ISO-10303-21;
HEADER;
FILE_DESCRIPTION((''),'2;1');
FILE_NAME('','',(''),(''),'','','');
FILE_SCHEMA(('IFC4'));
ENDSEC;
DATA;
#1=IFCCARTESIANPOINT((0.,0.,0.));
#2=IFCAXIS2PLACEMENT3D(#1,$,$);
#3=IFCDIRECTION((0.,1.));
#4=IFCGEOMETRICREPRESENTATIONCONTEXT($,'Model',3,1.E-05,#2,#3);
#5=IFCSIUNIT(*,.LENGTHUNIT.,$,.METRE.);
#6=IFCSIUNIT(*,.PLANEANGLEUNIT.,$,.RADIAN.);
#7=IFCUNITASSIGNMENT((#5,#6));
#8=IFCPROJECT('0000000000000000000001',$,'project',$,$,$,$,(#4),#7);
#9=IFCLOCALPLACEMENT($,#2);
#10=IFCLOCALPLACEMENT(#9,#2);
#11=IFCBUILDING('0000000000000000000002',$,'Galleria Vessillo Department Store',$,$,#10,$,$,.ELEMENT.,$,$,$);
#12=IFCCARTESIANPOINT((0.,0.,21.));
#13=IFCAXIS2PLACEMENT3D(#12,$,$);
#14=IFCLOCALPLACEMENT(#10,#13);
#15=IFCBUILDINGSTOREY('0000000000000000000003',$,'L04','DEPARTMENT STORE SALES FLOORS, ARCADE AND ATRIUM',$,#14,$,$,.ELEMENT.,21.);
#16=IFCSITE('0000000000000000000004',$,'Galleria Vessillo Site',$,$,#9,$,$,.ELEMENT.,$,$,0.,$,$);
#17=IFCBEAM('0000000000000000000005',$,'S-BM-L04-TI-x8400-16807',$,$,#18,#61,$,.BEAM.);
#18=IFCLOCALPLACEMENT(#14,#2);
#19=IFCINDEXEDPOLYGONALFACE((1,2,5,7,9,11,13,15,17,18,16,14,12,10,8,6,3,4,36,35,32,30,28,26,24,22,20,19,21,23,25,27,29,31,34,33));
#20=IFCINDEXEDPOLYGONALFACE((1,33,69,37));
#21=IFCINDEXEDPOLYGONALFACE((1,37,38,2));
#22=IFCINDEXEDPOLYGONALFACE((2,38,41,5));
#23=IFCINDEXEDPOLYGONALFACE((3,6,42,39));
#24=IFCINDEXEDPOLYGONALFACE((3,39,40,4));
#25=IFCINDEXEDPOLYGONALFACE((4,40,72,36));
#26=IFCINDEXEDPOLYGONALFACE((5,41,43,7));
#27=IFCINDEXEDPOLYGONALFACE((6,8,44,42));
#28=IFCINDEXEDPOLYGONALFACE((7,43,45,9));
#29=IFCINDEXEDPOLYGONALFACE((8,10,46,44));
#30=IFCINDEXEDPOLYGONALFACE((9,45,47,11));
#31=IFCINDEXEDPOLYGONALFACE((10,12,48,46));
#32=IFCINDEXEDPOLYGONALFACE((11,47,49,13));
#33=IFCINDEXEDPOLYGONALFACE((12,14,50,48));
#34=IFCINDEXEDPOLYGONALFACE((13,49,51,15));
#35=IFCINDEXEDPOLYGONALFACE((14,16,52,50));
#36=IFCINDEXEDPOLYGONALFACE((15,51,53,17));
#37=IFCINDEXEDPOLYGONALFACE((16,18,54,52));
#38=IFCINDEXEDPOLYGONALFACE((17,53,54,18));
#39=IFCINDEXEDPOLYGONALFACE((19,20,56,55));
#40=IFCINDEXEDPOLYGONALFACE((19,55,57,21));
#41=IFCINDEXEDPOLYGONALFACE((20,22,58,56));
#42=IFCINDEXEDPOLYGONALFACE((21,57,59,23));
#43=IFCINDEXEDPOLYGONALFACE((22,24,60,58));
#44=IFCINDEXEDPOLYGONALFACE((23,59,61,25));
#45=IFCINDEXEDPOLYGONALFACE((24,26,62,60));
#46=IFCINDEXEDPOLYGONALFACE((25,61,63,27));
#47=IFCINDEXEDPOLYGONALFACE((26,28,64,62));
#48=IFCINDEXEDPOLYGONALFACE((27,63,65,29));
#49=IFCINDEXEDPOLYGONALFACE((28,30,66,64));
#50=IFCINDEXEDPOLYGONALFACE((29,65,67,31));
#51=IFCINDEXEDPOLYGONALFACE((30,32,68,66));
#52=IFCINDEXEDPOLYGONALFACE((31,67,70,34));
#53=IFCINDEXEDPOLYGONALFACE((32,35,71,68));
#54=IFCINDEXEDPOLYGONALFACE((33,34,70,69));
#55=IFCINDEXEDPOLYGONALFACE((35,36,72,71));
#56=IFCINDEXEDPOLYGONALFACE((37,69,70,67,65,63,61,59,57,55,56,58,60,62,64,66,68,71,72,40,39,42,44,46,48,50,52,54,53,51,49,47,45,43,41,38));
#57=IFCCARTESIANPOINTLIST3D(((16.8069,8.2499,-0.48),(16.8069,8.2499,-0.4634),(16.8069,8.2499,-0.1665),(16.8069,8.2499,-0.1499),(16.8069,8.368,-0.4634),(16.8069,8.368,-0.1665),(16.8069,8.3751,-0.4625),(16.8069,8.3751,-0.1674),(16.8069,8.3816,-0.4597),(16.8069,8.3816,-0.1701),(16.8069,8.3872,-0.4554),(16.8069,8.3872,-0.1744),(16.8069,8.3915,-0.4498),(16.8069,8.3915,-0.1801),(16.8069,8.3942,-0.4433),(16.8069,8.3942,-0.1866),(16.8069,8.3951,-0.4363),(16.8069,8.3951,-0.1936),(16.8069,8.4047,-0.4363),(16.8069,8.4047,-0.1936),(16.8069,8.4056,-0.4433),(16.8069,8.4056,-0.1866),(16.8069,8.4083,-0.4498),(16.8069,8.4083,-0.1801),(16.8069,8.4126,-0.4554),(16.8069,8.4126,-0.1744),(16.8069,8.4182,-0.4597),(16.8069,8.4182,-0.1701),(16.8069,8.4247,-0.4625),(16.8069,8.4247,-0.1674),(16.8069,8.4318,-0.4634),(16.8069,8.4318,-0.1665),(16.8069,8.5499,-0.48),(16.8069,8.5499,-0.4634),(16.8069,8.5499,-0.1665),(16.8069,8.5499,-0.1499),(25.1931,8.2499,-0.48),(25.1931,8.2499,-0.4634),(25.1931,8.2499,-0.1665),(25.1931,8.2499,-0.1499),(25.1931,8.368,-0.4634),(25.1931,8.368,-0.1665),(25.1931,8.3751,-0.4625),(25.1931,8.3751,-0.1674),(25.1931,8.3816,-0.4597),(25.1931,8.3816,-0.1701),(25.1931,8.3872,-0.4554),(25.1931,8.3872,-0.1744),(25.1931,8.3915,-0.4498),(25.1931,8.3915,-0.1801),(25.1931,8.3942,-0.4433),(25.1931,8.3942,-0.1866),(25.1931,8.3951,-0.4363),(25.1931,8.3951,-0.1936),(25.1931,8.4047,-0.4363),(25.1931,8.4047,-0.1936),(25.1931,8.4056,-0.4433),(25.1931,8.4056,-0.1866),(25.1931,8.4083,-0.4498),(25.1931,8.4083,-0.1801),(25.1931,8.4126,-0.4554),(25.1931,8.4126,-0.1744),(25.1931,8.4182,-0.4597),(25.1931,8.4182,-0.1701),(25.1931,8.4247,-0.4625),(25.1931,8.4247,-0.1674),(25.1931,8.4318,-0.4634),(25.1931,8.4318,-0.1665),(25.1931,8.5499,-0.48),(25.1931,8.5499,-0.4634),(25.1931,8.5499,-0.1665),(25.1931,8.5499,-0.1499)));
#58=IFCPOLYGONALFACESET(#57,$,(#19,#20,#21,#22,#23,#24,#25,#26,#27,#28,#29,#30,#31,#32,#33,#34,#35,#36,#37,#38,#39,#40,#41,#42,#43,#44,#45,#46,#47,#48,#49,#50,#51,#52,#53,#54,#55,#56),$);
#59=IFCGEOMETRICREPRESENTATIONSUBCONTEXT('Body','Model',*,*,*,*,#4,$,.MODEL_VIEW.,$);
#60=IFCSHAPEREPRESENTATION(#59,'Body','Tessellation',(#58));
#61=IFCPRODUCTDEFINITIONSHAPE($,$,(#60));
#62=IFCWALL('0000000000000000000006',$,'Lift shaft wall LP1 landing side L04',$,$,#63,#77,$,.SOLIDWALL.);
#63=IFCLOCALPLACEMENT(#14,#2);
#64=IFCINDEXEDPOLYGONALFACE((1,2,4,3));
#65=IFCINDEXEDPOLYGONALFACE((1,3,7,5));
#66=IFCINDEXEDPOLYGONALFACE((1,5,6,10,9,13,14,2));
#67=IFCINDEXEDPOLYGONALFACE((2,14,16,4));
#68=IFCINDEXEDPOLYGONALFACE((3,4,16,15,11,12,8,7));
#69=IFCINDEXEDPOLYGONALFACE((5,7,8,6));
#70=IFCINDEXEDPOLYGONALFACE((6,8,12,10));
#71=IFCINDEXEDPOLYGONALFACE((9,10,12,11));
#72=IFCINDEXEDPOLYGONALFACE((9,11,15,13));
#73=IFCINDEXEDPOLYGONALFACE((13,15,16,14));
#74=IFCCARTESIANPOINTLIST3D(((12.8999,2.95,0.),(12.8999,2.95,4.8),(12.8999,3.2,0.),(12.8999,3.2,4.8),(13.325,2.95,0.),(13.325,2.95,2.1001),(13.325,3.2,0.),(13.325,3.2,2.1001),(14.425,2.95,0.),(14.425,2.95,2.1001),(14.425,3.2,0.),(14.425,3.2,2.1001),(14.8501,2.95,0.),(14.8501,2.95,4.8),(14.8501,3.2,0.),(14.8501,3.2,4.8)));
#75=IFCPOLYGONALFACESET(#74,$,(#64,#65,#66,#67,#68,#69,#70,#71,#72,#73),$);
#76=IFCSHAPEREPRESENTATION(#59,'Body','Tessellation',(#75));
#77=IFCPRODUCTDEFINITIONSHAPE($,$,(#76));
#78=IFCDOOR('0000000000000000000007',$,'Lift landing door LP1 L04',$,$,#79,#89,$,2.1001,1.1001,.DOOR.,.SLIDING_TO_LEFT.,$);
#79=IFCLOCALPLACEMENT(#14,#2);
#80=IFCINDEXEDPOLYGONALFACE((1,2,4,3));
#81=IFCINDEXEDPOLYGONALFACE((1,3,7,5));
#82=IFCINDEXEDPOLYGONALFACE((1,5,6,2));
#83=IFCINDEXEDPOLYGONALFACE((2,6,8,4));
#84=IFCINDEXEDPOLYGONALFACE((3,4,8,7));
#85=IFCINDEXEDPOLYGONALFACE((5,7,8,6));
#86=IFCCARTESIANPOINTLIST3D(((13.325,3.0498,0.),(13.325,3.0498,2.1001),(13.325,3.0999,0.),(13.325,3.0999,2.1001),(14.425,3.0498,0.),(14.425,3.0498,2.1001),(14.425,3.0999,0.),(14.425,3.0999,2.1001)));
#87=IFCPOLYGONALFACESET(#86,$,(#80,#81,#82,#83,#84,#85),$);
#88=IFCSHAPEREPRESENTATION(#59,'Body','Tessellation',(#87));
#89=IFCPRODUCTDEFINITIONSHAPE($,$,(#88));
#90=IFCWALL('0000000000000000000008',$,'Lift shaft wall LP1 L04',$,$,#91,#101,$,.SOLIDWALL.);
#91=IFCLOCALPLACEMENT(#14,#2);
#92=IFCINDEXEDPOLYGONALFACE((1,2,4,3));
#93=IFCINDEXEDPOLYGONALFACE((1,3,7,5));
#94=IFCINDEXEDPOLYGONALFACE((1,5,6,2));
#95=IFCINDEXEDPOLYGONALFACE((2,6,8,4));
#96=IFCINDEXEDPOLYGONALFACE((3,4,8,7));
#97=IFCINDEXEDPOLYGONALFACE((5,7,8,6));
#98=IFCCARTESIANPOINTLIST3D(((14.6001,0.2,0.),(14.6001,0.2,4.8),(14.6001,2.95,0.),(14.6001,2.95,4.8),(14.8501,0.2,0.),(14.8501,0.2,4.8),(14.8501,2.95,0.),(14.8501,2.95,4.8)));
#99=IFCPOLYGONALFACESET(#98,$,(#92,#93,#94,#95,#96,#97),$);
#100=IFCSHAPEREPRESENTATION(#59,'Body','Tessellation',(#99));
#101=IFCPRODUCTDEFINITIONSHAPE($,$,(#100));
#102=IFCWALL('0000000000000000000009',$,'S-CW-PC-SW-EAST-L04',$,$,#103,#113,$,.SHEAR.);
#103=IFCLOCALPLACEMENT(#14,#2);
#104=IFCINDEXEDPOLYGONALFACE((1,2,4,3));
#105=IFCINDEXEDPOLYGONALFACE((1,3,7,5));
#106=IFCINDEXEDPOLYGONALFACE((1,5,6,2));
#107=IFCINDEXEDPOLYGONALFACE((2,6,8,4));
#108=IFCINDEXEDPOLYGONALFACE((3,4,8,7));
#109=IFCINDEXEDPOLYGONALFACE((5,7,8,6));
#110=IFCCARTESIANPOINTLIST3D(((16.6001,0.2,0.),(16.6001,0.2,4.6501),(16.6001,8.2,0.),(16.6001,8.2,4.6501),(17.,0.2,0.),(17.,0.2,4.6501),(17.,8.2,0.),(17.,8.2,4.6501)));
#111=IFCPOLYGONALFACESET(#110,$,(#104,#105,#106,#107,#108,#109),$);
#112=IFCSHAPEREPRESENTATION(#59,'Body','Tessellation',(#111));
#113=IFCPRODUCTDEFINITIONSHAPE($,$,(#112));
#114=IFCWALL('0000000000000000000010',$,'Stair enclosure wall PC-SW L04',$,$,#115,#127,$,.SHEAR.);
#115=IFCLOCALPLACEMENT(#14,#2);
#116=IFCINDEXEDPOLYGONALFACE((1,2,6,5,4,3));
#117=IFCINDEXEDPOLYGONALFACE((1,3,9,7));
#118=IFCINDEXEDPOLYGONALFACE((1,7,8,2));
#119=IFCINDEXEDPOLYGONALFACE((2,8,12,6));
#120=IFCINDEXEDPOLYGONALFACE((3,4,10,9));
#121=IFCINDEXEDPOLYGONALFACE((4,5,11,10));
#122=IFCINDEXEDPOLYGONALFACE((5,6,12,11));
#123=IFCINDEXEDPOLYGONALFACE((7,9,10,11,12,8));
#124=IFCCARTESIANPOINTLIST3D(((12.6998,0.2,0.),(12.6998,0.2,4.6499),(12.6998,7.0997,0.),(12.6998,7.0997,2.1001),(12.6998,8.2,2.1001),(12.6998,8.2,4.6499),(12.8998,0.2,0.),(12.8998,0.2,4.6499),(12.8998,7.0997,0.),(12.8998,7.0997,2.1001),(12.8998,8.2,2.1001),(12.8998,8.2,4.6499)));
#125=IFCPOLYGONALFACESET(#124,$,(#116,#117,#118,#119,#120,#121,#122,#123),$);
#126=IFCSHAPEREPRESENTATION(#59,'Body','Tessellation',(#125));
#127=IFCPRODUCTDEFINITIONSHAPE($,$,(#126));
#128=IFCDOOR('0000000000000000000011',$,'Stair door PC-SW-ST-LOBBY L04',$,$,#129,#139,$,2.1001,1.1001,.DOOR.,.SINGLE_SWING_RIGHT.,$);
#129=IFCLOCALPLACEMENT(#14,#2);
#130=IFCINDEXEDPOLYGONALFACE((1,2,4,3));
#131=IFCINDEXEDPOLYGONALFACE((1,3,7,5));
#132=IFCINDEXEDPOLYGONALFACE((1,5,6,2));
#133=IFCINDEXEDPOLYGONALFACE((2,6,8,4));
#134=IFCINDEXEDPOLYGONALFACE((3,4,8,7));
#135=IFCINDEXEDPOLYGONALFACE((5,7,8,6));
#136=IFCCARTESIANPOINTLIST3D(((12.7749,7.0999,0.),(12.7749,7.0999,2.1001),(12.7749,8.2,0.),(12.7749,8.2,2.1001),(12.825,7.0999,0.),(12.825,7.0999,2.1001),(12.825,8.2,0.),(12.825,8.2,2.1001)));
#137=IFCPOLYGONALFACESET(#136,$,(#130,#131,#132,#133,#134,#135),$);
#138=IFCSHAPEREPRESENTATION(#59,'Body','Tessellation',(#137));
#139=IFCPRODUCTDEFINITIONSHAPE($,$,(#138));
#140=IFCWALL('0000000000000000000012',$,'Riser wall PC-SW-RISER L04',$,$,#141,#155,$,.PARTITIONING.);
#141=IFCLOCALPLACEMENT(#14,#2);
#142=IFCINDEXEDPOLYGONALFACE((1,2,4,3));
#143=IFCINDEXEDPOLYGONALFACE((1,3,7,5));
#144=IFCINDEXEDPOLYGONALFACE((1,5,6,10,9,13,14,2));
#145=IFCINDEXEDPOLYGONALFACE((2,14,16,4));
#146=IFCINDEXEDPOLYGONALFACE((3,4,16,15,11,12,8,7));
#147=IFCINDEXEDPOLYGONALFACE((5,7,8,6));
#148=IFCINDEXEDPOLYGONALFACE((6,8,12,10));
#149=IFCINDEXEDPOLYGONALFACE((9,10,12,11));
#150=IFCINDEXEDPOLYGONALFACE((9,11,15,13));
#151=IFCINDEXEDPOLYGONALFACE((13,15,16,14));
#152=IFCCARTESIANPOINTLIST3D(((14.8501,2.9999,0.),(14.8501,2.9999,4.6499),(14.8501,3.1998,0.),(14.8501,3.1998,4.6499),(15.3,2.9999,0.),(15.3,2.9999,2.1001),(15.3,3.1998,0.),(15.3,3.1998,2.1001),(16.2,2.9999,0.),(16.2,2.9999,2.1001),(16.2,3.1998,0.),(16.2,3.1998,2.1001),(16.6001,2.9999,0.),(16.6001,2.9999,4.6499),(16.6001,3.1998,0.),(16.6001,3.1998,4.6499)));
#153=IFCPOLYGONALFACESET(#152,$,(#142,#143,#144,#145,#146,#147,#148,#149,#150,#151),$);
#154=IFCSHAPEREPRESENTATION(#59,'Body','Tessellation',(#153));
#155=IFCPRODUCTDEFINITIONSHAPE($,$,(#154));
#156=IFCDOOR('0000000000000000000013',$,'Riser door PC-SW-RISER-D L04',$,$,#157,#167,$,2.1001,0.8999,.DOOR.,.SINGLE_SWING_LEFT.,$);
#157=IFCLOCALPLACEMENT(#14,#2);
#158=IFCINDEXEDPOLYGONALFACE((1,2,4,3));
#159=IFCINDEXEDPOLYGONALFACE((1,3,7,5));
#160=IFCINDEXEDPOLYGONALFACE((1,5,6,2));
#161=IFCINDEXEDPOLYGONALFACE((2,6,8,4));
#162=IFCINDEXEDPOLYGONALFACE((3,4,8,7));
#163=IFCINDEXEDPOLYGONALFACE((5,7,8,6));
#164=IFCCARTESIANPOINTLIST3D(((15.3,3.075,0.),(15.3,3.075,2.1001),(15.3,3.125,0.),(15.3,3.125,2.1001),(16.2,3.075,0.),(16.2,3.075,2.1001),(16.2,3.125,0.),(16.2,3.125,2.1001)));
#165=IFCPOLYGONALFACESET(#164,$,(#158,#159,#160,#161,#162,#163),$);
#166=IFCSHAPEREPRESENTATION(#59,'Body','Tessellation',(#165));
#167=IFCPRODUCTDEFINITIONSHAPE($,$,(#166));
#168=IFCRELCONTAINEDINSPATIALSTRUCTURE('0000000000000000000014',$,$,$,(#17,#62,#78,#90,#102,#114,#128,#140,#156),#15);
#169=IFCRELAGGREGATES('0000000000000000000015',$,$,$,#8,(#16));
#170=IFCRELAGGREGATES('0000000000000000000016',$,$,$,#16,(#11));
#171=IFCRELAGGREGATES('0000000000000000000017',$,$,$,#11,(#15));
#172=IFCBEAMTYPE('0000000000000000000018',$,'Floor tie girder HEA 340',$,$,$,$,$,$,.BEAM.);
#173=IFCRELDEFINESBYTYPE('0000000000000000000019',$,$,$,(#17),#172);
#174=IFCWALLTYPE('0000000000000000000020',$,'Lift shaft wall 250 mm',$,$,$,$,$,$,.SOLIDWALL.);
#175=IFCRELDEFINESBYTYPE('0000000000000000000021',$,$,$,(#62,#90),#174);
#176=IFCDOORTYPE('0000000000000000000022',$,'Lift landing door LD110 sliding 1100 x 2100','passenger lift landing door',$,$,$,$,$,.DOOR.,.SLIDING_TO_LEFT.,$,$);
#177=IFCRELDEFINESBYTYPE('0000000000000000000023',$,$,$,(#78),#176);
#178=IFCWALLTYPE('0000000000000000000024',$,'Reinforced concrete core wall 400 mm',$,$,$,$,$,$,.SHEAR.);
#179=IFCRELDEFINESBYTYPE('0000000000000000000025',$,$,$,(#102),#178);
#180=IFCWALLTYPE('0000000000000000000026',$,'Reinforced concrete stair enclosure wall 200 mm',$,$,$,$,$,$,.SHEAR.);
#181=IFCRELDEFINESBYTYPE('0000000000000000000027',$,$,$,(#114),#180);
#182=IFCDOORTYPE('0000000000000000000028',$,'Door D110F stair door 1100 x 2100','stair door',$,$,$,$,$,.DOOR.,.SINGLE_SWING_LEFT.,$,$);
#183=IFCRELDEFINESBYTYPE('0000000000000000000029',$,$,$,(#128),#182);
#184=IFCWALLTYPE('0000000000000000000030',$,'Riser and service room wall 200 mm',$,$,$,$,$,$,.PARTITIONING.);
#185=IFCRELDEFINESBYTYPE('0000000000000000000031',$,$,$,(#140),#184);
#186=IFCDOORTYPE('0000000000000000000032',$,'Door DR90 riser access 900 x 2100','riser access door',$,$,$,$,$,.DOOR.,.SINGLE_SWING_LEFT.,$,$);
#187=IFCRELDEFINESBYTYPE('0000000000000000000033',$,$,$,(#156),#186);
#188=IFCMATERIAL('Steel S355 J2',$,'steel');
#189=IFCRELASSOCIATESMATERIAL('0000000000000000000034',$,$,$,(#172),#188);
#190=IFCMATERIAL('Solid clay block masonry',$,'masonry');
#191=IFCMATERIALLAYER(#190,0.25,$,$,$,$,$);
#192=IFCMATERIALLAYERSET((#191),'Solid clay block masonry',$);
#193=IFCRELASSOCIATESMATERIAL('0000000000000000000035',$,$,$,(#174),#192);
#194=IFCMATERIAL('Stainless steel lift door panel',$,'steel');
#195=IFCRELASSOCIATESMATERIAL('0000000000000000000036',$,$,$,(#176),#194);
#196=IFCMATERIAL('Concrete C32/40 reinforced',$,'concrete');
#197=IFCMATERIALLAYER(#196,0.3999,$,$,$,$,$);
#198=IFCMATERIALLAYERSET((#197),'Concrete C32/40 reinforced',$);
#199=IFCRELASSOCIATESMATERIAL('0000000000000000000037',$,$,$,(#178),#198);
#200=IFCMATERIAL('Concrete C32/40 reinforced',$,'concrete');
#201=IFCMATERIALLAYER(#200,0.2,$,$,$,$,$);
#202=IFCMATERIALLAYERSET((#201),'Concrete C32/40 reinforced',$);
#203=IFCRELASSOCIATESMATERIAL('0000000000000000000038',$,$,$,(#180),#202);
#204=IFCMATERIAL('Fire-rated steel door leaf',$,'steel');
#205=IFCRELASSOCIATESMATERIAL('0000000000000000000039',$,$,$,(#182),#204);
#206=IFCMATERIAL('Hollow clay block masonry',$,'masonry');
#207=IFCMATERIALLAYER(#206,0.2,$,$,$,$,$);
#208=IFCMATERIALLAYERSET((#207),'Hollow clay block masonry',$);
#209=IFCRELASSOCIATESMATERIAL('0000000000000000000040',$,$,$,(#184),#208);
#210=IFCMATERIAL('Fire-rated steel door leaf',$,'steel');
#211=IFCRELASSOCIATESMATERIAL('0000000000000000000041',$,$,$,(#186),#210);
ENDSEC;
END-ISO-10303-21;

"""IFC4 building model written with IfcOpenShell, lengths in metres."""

from ifc_helpers import new_model, si_unit, direction, frame, frame_2d, origin, origin_2d, place, context, subcontext, project, spatial, rectangle, i_section, extrude, material, layer, layer_set, material_profile, profile_set, type_object, element, fill, save


model = new_model("IFC4")

# Units and contexts
model_context = context("Model", 3, precision=1e-05, world=origin(), true_north=direction((0.0, 1.0)))
body_context = subcontext(model_context, "Body", "Model", "MODEL_VIEW")
ifc_project = project(units=[si_unit("LENGTHUNIT", "METRE"), si_unit("PLANEANGLEUNIT", "RADIAN")], contexts=[model_context])

# Site, building, storey
site_placement = place(None, origin())
site = spatial("IfcSite", under=ifc_project, at=site_placement, Name="Galleria Vessillo Site", CompositionType="ELEMENT", RefElevation=0.0)
building_placement = place(site_placement, origin())
building = spatial("IfcBuilding", under=site, at=building_placement, Name="Galleria Vessillo Department Store", CompositionType="ELEMENT")
storey_placement = place(building_placement, frame((0.0, 0.0, 21.0)))
storey = spatial("IfcBuildingStorey", under=building, at=storey_placement, Name="L04", Description="DEPARTMENT STORE SALES FLOORS, ARCADE AND ATRIUM", CompositionType="ELEMENT", Elevation=21.0)

# Beam
ifc_material_1 = material(Name="Steel S355 J2", Category="steel")
ifc_material_profile_1 = material_profile(ifc_material_1, i_section(OverallWidth=0.3, OverallDepth=0.3301, WebThickness=0.0095, FlangeThickness=0.0166, FilletRadius=0.0271, at=origin_2d()), Name="HEA 340")
ifc_profile_set_1 = profile_set([ifc_material_profile_1], Name="Steel S355 J2")
beam_type_1 = type_object("IfcBeamType", Name="Floor tie girder HEA 340", PredefinedType="BEAM", material=ifc_profile_set_1)
beam_1_placement = place(storey_placement, frame((16.8069, 8.3999, -0.3149), z_axis=(1.0, 0.0, 0.0), x_axis=(0.0, 1.0, 0.0)))
element("IfcBeam", 1, at=beam_1_placement, inside=storey, type_object=beam_type_1, Name="S-BM-L04-TI-x8400-16807", PredefinedType="BEAM", context=body_context, shape_type="SweptSolid", body=[
    extrude(i_section(OverallWidth=0.3, OverallDepth=0.3301, WebThickness=0.0095, FlangeThickness=0.0166, FilletRadius=0.0271, at=origin_2d()), origin(), (0.0, 0.0, 1.0), 8.3862),
])

# Wall, opening, door
ifc_material_2 = material(Name="Solid clay block masonry", Category="masonry")
ifc_layer_1 = layer(ifc_material_2, 0.25)
ifc_layer_set_1 = layer_set([ifc_layer_1], Name="Solid clay block masonry")
wall_type_1 = type_object("IfcWallType", Name="Lift shaft wall 250 mm", PredefinedType="SOLIDWALL", material=ifc_layer_set_1)
wall_1_placement = place(storey_placement, frame((12.8999, 3.075, 0.0), z_axis=(0.0, 0.0, 1.0), x_axis=(1.0, 0.0, 0.0)))
wall_1 = element("IfcWall", 2, at=wall_1_placement, inside=storey, type_object=wall_type_1, Name="Lift shaft wall LP1 landing side L04", PredefinedType="SOLIDWALL", context=body_context, shape_type="SweptSolid", body=[
    extrude(rectangle(XDim=1.9502, YDim=0.25, at=frame_2d((0.9751, 0.0))), origin(), (0.0, 0.0, 1.0), 4.8),
])
opening_1_placement = place(wall_1_placement, frame((0.425, 0.0, 0.0)))
opening_1 = element("IfcOpeningElement", 3, at=opening_1_placement, cuts=wall_1, PredefinedType="OPENING", context=body_context, shape_type="SweptSolid", body=[
    extrude(rectangle(XDim=1.1001, YDim=2.1001, at=frame_2d((0.55, 1.05))), frame((0.0, 0.135, 0.0), z_axis=(0.0, -1.0, 0.0), x_axis=(1.0, 0.0, 0.0)), (0.0, 0.0, 1.0), 0.27),
])
ifc_material_3 = material(Name="Stainless steel lift door panel", Category="steel")
door_type_1 = type_object("IfcDoorType", Name="Lift landing door LD110 sliding 1100 x 2100", Description="passenger lift landing door", OperationType="SLIDING_TO_LEFT", PredefinedType="DOOR", material=ifc_material_3)
door_1_placement = place(opening_1_placement, origin())
door_1 = element("IfcDoor", 4, at=door_1_placement, inside=storey, type_object=door_type_1, Name="Lift landing door LP1 L04", OperationType="SLIDING_TO_LEFT", OverallHeight=2.1001, OverallWidth=1.1001, PredefinedType="DOOR", context=body_context, shape_type="SweptSolid", body=[
    extrude(rectangle(XDim=1.1001, YDim=2.1001, at=frame_2d((0.55, 1.05))), frame((0.0, 0.0249, 0.0), z_axis=(0.0, -1.0, 0.0), x_axis=(1.0, 0.0, 0.0)), (0.0, 0.0, 1.0), 0.05),
])
fill(opening_1, door_1)

# Walls
wall_2_placement = place(storey_placement, frame((14.7251, 0.2, 0.0), z_axis=(0.0, 0.0, 1.0), x_axis=(0.0, 1.0, 0.0)))
element("IfcWall", 5, at=wall_2_placement, inside=storey, type_object=wall_type_1, Name="Lift shaft wall LP1 L04", PredefinedType="SOLIDWALL", context=body_context, shape_type="SweptSolid", body=[
    extrude(rectangle(XDim=2.75, YDim=0.25, at=frame_2d((1.375, 0.0))), origin(), (0.0, 0.0, 1.0), 4.8),
])
ifc_material_4 = material(Name="Concrete C32/40 reinforced", Category="concrete")
ifc_layer_2 = layer(ifc_material_4, 0.3999)
ifc_layer_set_2 = layer_set([ifc_layer_2], Name="Concrete C32/40 reinforced")
wall_type_2 = type_object("IfcWallType", Name="Reinforced concrete core wall 400 mm", PredefinedType="SHEAR", material=ifc_layer_set_2)
wall_3_placement = place(storey_placement, frame((16.8, 0.2, 0.0), z_axis=(0.0, 0.0, 1.0), x_axis=(0.0, 1.0, 0.0)))
element("IfcWall", 6, at=wall_3_placement, inside=storey, type_object=wall_type_2, Name="S-CW-PC-SW-EAST-L04", PredefinedType="SHEAR", context=body_context, shape_type="SweptSolid", body=[
    extrude(rectangle(XDim=8.0, YDim=0.3999, at=frame_2d((4.0, 0.0))), origin(), (0.0, 0.0, 1.0), 4.6501),
])

# Walls, openings, doors
ifc_material_5 = material(Name="Concrete C32/40 reinforced", Category="concrete")
ifc_layer_3 = layer(ifc_material_5, 0.2)
ifc_layer_set_3 = layer_set([ifc_layer_3], Name="Concrete C32/40 reinforced")
wall_type_3 = type_object("IfcWallType", Name="Reinforced concrete stair enclosure wall 200 mm", PredefinedType="SHEAR", material=ifc_layer_set_3)
wall_4_placement = place(storey_placement, frame((12.7998, 0.2, 0.0), z_axis=(0.0, 0.0, 1.0), x_axis=(0.0, 1.0, 0.0)))
wall_4 = element("IfcWall", 7, at=wall_4_placement, inside=storey, type_object=wall_type_3, Name="Stair enclosure wall PC-SW L04", PredefinedType="SHEAR", context=body_context, shape_type="SweptSolid", body=[
    extrude(rectangle(XDim=8.0, YDim=0.2, at=frame_2d((4.0, 0.0))), origin(), (0.0, 0.0, 1.0), 4.6499),
])
opening_2_placement = place(wall_4_placement, frame((6.8999, 0.0, 0.0)))
opening_2 = element("IfcOpeningElement", 8, at=opening_2_placement, cuts=wall_4, PredefinedType="OPENING", context=body_context, shape_type="SweptSolid", body=[
    extrude(rectangle(XDim=1.1101, YDim=2.1001, at=frame_2d((0.5549, 1.05))), frame((0.0, 0.1099, 0.0), z_axis=(0.0, -1.0, 0.0), x_axis=(1.0, 0.0, 0.0)), (0.0, 0.0, 1.0), 0.22),
])
ifc_material_6 = material(Name="Fire-rated steel door leaf", Category="steel")
door_type_2 = type_object("IfcDoorType", Name="Door D110F stair door 1100 x 2100", Description="stair door", OperationType="SINGLE_SWING_LEFT", PredefinedType="DOOR", material=ifc_material_6)
door_2_placement = place(opening_2_placement, origin())
door_2 = element("IfcDoor", 9, at=door_2_placement, inside=storey, type_object=door_type_2, Name="Stair door PC-SW-ST-LOBBY L04", OperationType="SINGLE_SWING_RIGHT", OverallHeight=2.1001, OverallWidth=1.1001, PredefinedType="DOOR", context=body_context, shape_type="SweptSolid", body=[
    extrude(rectangle(XDim=1.1001, YDim=2.1001, at=frame_2d((0.55, 1.05))), frame((0.0, 0.0249, 0.0), z_axis=(0.0, -1.0, 0.0), x_axis=(1.0, 0.0, 0.0)), (0.0, 0.0, 1.0), 0.05),
])
fill(opening_2, door_2)
ifc_material_7 = material(Name="Hollow clay block masonry", Category="masonry")
ifc_layer_4 = layer(ifc_material_7, 0.2)
ifc_layer_set_4 = layer_set([ifc_layer_4], Name="Hollow clay block masonry")
wall_type_4 = type_object("IfcWallType", Name="Riser and service room wall 200 mm", PredefinedType="PARTITIONING", material=ifc_layer_set_4)
wall_5_placement = place(storey_placement, frame((14.8501, 3.0999, 0.0), z_axis=(0.0, 0.0, 1.0), x_axis=(1.0, 0.0, 0.0)))
wall_5 = element("IfcWall", 10, at=wall_5_placement, inside=storey, type_object=wall_type_4, Name="Riser wall PC-SW-RISER L04", PredefinedType="PARTITIONING", context=body_context, shape_type="SweptSolid", body=[
    extrude(rectangle(XDim=1.75, YDim=0.2, at=frame_2d((0.875, 0.0))), origin(), (0.0, 0.0, 1.0), 4.6499),
])
opening_3_placement = place(wall_5_placement, frame((0.45, 0.0, 0.0)))
opening_3 = element("IfcOpeningElement", 11, at=opening_3_placement, cuts=wall_5, PredefinedType="OPENING", context=body_context, shape_type="SweptSolid", body=[
    extrude(rectangle(XDim=0.8999, YDim=2.1001, at=frame_2d((0.45, 1.05))), frame((0.0, 0.1099, 0.0), z_axis=(0.0, -1.0, 0.0), x_axis=(1.0, 0.0, 0.0)), (0.0, 0.0, 1.0), 0.22),
])
ifc_material_8 = material(Name="Fire-rated steel door leaf", Category="steel")
door_type_3 = type_object("IfcDoorType", Name="Door DR90 riser access 900 x 2100", Description="riser access door", OperationType="SINGLE_SWING_LEFT", PredefinedType="DOOR", material=ifc_material_8)
door_3_placement = place(opening_3_placement, frame((0.8999, 0.0, 0.0), z_axis=(0.0, 0.0, 1.0), x_axis=(-1.0, 0.0, 0.0)))
door_3 = element("IfcDoor", 12, at=door_3_placement, inside=storey, type_object=door_type_3, Name="Riser door PC-SW-RISER-D L04", OperationType="SINGLE_SWING_LEFT", OverallHeight=2.1001, OverallWidth=0.8999, PredefinedType="DOOR", context=body_context, shape_type="SweptSolid", body=[
    extrude(rectangle(XDim=0.8999, YDim=2.1001, at=frame_2d((0.45, 1.05))), frame((0.0, 0.0249, 0.0), z_axis=(0.0, -1.0, 0.0), x_axis=(1.0, 0.0, 0.0)), (0.0, 0.0, 1.0), 0.05),
])
fill(opening_3, door_3)

save(model, "model.ifc")
